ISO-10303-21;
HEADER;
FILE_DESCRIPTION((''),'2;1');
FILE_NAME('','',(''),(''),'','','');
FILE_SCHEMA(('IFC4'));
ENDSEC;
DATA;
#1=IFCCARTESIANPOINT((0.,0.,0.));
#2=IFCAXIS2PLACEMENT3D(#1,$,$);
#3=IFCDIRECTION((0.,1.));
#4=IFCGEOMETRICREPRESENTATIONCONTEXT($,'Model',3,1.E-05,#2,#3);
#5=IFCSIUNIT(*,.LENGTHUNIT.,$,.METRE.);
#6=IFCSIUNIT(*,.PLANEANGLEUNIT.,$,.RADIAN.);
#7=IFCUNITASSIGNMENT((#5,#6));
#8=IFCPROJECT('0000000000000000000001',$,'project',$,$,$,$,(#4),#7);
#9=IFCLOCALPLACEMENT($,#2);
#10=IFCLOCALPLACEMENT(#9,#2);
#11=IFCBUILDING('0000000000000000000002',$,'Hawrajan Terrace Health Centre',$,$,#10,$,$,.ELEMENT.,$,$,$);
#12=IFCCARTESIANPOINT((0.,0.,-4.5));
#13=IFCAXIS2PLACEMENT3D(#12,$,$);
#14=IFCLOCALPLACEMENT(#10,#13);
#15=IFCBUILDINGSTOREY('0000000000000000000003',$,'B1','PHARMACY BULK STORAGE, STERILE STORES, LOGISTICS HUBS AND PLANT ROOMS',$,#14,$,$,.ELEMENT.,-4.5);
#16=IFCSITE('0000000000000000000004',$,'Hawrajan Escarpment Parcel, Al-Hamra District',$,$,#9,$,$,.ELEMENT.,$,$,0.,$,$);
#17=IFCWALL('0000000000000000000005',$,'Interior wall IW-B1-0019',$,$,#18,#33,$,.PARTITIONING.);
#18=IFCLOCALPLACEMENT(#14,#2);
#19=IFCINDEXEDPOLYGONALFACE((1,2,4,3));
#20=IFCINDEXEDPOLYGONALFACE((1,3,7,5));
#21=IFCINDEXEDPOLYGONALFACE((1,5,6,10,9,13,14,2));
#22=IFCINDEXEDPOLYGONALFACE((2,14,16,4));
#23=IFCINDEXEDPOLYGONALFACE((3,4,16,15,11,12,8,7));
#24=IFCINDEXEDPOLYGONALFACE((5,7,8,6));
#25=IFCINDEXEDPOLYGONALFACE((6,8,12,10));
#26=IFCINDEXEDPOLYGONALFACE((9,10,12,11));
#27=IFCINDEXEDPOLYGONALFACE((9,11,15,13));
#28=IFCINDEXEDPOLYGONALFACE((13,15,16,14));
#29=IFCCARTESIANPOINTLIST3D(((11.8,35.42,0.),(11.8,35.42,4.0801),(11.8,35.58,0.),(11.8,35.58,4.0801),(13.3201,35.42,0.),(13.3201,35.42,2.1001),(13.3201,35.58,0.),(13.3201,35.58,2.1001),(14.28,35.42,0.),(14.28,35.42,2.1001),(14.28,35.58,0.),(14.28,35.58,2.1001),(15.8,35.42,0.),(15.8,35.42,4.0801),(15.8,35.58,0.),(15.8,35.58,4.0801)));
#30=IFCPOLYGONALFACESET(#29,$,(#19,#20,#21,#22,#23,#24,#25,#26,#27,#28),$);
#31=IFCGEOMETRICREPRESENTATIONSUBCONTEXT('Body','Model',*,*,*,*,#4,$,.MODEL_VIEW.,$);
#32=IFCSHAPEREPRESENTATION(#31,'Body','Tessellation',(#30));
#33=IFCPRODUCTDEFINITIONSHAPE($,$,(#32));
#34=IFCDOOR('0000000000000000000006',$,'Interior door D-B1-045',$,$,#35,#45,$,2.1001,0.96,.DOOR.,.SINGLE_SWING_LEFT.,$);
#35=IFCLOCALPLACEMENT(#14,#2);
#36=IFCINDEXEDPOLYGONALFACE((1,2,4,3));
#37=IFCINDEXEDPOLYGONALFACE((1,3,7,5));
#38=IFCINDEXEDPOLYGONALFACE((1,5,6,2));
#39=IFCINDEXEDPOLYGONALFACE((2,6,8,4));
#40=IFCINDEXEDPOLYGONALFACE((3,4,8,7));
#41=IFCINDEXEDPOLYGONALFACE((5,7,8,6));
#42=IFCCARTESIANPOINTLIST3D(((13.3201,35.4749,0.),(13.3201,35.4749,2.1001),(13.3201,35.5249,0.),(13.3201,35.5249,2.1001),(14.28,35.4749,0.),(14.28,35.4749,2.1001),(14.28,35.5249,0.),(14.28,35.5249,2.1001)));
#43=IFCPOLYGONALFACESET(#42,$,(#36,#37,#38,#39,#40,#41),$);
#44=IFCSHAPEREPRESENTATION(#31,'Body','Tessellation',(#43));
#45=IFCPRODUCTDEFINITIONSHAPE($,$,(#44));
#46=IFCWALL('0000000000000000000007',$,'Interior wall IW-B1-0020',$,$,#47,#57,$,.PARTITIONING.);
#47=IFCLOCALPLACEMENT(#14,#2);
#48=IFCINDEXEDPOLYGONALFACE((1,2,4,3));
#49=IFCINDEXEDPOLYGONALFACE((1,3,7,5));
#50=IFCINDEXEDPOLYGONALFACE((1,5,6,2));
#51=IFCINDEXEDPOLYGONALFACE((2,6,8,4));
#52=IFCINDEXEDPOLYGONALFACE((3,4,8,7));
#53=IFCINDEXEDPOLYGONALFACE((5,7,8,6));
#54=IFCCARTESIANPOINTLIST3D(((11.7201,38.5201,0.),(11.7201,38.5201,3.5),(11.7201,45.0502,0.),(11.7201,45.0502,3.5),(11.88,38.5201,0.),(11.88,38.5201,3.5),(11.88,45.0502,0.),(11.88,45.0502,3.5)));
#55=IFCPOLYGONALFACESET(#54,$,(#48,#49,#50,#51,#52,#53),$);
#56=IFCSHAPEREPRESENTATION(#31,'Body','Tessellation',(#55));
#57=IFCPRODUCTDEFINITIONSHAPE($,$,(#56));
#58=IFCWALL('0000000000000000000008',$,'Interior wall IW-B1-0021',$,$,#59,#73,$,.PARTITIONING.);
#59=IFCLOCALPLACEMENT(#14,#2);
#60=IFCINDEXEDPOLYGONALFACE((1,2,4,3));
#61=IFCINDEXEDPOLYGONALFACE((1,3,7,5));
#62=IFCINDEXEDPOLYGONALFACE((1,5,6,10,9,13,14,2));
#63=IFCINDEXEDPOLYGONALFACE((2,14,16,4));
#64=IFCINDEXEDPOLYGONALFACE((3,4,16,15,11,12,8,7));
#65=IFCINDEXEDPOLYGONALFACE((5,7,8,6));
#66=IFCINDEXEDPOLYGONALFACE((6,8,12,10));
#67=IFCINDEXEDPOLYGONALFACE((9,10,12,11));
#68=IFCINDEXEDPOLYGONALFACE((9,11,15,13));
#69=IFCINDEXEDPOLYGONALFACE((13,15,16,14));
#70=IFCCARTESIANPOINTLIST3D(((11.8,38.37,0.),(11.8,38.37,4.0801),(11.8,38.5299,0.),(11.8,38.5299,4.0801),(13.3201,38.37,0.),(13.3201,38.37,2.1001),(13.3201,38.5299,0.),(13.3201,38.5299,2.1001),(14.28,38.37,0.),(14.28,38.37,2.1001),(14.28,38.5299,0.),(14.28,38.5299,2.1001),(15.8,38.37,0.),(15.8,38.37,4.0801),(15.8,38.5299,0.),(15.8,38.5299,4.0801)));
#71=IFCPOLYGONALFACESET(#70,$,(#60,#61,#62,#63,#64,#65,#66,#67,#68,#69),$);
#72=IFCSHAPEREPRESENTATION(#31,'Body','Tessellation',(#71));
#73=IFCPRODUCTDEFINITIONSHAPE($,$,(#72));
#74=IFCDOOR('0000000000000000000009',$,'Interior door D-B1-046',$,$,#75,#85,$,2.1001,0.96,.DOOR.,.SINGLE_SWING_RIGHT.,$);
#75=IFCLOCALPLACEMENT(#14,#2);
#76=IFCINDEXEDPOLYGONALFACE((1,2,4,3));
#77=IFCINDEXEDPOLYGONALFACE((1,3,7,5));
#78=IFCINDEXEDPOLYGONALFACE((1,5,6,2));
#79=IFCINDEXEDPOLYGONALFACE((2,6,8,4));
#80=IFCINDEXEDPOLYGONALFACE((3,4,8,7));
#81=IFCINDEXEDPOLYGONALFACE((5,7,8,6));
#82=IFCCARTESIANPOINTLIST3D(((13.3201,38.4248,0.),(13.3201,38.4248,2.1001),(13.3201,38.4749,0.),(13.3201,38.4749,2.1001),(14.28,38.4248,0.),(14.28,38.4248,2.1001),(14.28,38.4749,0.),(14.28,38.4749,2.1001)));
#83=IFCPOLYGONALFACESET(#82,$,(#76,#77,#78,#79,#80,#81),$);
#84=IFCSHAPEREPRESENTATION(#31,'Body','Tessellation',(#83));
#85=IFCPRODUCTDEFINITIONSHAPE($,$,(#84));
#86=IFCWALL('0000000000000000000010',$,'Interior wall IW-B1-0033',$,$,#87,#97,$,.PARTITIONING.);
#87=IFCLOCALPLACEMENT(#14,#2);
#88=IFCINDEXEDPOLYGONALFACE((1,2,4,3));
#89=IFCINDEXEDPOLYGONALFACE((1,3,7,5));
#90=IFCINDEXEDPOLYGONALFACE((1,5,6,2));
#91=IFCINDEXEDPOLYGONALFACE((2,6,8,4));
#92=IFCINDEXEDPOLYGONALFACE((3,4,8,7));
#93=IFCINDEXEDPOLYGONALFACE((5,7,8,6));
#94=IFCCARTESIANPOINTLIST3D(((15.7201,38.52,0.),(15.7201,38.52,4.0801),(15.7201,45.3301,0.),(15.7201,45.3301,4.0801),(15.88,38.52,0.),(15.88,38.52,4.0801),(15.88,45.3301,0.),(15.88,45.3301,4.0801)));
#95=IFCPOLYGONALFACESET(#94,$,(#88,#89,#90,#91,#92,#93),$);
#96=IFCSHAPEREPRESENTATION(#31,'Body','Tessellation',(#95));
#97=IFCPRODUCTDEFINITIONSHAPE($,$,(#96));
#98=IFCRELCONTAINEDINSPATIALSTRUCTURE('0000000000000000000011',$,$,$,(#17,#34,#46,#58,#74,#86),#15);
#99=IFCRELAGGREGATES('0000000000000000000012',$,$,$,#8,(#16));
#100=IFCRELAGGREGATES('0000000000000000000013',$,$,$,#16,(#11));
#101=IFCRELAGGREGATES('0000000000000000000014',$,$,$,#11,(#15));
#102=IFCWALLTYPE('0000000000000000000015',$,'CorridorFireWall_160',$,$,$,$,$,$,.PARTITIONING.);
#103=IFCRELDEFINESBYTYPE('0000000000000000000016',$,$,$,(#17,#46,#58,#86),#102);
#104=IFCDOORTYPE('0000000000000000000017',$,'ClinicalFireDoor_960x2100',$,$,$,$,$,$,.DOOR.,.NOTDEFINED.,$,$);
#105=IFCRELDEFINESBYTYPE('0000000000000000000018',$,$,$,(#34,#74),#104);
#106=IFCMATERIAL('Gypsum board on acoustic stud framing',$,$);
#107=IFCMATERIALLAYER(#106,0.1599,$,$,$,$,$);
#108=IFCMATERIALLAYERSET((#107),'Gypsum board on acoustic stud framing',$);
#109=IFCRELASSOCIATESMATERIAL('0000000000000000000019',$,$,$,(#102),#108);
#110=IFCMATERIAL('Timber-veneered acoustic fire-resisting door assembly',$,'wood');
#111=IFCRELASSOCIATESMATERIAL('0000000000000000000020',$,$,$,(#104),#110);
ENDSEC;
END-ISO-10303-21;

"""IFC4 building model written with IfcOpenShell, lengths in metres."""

from ifc_helpers import new_model, si_unit, direction, frame, frame_2d, origin, place, context, subcontext, project, spatial, rectangle, extrude, material, layer, layer_set, type_object, element, fill, save


model = new_model("IFC4")

# Units and contexts
model_context = context("Model", 3, precision=1e-05, world=origin(), true_north=direction((0.0, 1.0)))
body_context = subcontext(model_context, "Body", "Model", "MODEL_VIEW")
ifc_project = project(units=[si_unit("LENGTHUNIT", "METRE"), si_unit("PLANEANGLEUNIT", "RADIAN")], contexts=[model_context])

# Site, building, storey
site_placement = place(None, origin())
site = spatial("IfcSite", under=ifc_project, at=site_placement, Name="Hawrajan Escarpment Parcel, Al-Hamra District", CompositionType="ELEMENT", RefElevation=0.0)
building_placement = place(site_placement, origin())
building = spatial("IfcBuilding", under=site, at=building_placement, Name="Hawrajan Terrace Health Centre", CompositionType="ELEMENT")
storey_placement = place(building_placement, frame((0.0, 0.0, -4.5)))
storey = spatial("IfcBuildingStorey", under=building, at=storey_placement, Name="B1", Description="PHARMACY BULK STORAGE, STERILE STORES, LOGISTICS HUBS AND PLANT ROOMS", CompositionType="ELEMENT", Elevation=-4.5)

# Wall, opening, door
ifc_material_1 = material(Name="Gypsum board on acoustic stud framing")
ifc_layer_1 = layer(ifc_material_1, 0.1599)
ifc_layer_set_1 = layer_set([ifc_layer_1], Name="Gypsum board on acoustic stud framing")
wall_type_1 = type_object("IfcWallType", Name="CorridorFireWall_160", PredefinedType="PARTITIONING", material=ifc_layer_set_1)
wall_1_placement = place(storey_placement, frame((11.8, 35.5, 0.0), z_axis=(0.0, 0.0, 1.0), x_axis=(1.0, 0.0, 0.0)))
wall_1 = element("IfcWall", 1, at=wall_1_placement, inside=storey, type_object=wall_type_1, Name="Interior wall IW-B1-0019", PredefinedType="PARTITIONING", context=body_context, shape_type="SweptSolid", body=[
    extrude(rectangle(XDim=4.0, YDim=0.1599, at=frame_2d((2.0, 0.0))), origin(), (0.0, 0.0, 1.0), 4.0801),
])
opening_1_placement = place(wall_1_placement, frame((1.52, 0.0, 0.0)))
opening_1 = element("IfcOpeningElement", 2, at=opening_1_placement, cuts=wall_1, PredefinedType="OPENING", context=body_context, shape_type="SweptSolid", body=[
    extrude(rectangle(XDim=0.96, YDim=2.1001, at=frame_2d((0.48, 1.05))), frame((0.0, 0.0898, 0.0), z_axis=(0.0, -1.0, 0.0), x_axis=(1.0, 0.0, 0.0)), (0.0, 0.0, 1.0), 0.1799),
])
ifc_material_2 = material(Name="Timber-veneered acoustic fire-resisting door assembly", Category="wood")
door_type_1 = type_object("IfcDoorType", Name="ClinicalFireDoor_960x2100", OperationType="NOTDEFINED", PredefinedType="DOOR", material=ifc_material_2)
door_1_placement = place(opening_1_placement, origin())
door_1 = element("IfcDoor", 3, at=door_1_placement, inside=storey, type_object=door_type_1, Name="Interior door D-B1-045", OperationType="SINGLE_SWING_LEFT", OverallHeight=2.1001, OverallWidth=0.96, PredefinedType="DOOR", context=body_context, shape_type="SweptSolid", body=[
    extrude(rectangle(XDim=0.96, YDim=2.1001, at=frame_2d((0.48, 1.05))), frame((0.0, 0.0249, 0.0), z_axis=(0.0, -1.0, 0.0), x_axis=(1.0, 0.0, 0.0)), (0.0, 0.0, 1.0), 0.05),
])
fill(opening_1, door_1)

# Wall
wall_2_placement = place(storey_placement, frame((11.8, 38.52, 0.0), z_axis=(0.0, 0.0, 1.0), x_axis=(0.0, 1.0, 0.0)))
element("IfcWall", 4, at=wall_2_placement, inside=storey, type_object=wall_type_1, Name="Interior wall IW-B1-0020", PredefinedType="PARTITIONING", context=body_context, shape_type="SweptSolid", body=[
    extrude(rectangle(XDim=6.53, YDim=0.1599, at=frame_2d((3.2651, 0.0))), origin(), (0.0, 0.0, 1.0), 3.5),
])

# Wall, opening, door
wall_3_placement = place(storey_placement, frame((11.8, 38.45, 0.0), z_axis=(0.0, 0.0, 1.0), x_axis=(1.0, 0.0, 0.0)))
wall_3 = element("IfcWall", 5, at=wall_3_placement, inside=storey, type_object=wall_type_1, Name="Interior wall IW-B1-0021", PredefinedType="PARTITIONING", context=body_context, shape_type="SweptSolid", body=[
    extrude(rectangle(XDim=4.0, YDim=0.1599, at=frame_2d((2.0, 0.0))), origin(), (0.0, 0.0, 1.0), 4.0801),
])
opening_2_placement = place(wall_3_placement, frame((1.52, 0.0, 0.0)))
opening_2 = element("IfcOpeningElement", 6, at=opening_2_placement, cuts=wall_3, PredefinedType="OPENING", context=body_context, shape_type="SweptSolid", body=[
    extrude(rectangle(XDim=0.96, YDim=2.1001, at=frame_2d((0.48, 1.05))), frame((0.0, 0.0898, 0.0), z_axis=(0.0, -1.0, 0.0), x_axis=(1.0, 0.0, 0.0)), (0.0, 0.0, 1.0), 0.1799),
])
door_2_placement = place(opening_2_placement, origin())
door_2 = element("IfcDoor", 7, at=door_2_placement, inside=storey, type_object=door_type_1, Name="Interior door D-B1-046", OperationType="SINGLE_SWING_RIGHT", OverallHeight=2.1001, OverallWidth=0.96, PredefinedType="DOOR", context=body_context, shape_type="SweptSolid", body=[
    extrude(rectangle(XDim=0.96, YDim=2.1001, at=frame_2d((0.48, 1.05))), frame((0.0, 0.0249, 0.0), z_axis=(0.0, -1.0, 0.0), x_axis=(1.0, 0.0, 0.0)), (0.0, 0.0, 1.0), 0.05),
])
fill(opening_2, door_2)

# Wall
wall_4_placement = place(storey_placement, frame((15.8, 38.52, 0.0), z_axis=(0.0, 0.0, 1.0), x_axis=(0.0, 1.0, 0.0)))
element("IfcWall", 8, at=wall_4_placement, inside=storey, type_object=wall_type_1, Name="Interior wall IW-B1-0033", PredefinedType="PARTITIONING", context=body_context, shape_type="SweptSolid", body=[
    extrude(rectangle(XDim=6.8101, YDim=0.1599, at=frame_2d((3.405, 0.0))), origin(), (0.0, 0.0, 1.0), 4.0801),
])

save(model, "model.ifc")
